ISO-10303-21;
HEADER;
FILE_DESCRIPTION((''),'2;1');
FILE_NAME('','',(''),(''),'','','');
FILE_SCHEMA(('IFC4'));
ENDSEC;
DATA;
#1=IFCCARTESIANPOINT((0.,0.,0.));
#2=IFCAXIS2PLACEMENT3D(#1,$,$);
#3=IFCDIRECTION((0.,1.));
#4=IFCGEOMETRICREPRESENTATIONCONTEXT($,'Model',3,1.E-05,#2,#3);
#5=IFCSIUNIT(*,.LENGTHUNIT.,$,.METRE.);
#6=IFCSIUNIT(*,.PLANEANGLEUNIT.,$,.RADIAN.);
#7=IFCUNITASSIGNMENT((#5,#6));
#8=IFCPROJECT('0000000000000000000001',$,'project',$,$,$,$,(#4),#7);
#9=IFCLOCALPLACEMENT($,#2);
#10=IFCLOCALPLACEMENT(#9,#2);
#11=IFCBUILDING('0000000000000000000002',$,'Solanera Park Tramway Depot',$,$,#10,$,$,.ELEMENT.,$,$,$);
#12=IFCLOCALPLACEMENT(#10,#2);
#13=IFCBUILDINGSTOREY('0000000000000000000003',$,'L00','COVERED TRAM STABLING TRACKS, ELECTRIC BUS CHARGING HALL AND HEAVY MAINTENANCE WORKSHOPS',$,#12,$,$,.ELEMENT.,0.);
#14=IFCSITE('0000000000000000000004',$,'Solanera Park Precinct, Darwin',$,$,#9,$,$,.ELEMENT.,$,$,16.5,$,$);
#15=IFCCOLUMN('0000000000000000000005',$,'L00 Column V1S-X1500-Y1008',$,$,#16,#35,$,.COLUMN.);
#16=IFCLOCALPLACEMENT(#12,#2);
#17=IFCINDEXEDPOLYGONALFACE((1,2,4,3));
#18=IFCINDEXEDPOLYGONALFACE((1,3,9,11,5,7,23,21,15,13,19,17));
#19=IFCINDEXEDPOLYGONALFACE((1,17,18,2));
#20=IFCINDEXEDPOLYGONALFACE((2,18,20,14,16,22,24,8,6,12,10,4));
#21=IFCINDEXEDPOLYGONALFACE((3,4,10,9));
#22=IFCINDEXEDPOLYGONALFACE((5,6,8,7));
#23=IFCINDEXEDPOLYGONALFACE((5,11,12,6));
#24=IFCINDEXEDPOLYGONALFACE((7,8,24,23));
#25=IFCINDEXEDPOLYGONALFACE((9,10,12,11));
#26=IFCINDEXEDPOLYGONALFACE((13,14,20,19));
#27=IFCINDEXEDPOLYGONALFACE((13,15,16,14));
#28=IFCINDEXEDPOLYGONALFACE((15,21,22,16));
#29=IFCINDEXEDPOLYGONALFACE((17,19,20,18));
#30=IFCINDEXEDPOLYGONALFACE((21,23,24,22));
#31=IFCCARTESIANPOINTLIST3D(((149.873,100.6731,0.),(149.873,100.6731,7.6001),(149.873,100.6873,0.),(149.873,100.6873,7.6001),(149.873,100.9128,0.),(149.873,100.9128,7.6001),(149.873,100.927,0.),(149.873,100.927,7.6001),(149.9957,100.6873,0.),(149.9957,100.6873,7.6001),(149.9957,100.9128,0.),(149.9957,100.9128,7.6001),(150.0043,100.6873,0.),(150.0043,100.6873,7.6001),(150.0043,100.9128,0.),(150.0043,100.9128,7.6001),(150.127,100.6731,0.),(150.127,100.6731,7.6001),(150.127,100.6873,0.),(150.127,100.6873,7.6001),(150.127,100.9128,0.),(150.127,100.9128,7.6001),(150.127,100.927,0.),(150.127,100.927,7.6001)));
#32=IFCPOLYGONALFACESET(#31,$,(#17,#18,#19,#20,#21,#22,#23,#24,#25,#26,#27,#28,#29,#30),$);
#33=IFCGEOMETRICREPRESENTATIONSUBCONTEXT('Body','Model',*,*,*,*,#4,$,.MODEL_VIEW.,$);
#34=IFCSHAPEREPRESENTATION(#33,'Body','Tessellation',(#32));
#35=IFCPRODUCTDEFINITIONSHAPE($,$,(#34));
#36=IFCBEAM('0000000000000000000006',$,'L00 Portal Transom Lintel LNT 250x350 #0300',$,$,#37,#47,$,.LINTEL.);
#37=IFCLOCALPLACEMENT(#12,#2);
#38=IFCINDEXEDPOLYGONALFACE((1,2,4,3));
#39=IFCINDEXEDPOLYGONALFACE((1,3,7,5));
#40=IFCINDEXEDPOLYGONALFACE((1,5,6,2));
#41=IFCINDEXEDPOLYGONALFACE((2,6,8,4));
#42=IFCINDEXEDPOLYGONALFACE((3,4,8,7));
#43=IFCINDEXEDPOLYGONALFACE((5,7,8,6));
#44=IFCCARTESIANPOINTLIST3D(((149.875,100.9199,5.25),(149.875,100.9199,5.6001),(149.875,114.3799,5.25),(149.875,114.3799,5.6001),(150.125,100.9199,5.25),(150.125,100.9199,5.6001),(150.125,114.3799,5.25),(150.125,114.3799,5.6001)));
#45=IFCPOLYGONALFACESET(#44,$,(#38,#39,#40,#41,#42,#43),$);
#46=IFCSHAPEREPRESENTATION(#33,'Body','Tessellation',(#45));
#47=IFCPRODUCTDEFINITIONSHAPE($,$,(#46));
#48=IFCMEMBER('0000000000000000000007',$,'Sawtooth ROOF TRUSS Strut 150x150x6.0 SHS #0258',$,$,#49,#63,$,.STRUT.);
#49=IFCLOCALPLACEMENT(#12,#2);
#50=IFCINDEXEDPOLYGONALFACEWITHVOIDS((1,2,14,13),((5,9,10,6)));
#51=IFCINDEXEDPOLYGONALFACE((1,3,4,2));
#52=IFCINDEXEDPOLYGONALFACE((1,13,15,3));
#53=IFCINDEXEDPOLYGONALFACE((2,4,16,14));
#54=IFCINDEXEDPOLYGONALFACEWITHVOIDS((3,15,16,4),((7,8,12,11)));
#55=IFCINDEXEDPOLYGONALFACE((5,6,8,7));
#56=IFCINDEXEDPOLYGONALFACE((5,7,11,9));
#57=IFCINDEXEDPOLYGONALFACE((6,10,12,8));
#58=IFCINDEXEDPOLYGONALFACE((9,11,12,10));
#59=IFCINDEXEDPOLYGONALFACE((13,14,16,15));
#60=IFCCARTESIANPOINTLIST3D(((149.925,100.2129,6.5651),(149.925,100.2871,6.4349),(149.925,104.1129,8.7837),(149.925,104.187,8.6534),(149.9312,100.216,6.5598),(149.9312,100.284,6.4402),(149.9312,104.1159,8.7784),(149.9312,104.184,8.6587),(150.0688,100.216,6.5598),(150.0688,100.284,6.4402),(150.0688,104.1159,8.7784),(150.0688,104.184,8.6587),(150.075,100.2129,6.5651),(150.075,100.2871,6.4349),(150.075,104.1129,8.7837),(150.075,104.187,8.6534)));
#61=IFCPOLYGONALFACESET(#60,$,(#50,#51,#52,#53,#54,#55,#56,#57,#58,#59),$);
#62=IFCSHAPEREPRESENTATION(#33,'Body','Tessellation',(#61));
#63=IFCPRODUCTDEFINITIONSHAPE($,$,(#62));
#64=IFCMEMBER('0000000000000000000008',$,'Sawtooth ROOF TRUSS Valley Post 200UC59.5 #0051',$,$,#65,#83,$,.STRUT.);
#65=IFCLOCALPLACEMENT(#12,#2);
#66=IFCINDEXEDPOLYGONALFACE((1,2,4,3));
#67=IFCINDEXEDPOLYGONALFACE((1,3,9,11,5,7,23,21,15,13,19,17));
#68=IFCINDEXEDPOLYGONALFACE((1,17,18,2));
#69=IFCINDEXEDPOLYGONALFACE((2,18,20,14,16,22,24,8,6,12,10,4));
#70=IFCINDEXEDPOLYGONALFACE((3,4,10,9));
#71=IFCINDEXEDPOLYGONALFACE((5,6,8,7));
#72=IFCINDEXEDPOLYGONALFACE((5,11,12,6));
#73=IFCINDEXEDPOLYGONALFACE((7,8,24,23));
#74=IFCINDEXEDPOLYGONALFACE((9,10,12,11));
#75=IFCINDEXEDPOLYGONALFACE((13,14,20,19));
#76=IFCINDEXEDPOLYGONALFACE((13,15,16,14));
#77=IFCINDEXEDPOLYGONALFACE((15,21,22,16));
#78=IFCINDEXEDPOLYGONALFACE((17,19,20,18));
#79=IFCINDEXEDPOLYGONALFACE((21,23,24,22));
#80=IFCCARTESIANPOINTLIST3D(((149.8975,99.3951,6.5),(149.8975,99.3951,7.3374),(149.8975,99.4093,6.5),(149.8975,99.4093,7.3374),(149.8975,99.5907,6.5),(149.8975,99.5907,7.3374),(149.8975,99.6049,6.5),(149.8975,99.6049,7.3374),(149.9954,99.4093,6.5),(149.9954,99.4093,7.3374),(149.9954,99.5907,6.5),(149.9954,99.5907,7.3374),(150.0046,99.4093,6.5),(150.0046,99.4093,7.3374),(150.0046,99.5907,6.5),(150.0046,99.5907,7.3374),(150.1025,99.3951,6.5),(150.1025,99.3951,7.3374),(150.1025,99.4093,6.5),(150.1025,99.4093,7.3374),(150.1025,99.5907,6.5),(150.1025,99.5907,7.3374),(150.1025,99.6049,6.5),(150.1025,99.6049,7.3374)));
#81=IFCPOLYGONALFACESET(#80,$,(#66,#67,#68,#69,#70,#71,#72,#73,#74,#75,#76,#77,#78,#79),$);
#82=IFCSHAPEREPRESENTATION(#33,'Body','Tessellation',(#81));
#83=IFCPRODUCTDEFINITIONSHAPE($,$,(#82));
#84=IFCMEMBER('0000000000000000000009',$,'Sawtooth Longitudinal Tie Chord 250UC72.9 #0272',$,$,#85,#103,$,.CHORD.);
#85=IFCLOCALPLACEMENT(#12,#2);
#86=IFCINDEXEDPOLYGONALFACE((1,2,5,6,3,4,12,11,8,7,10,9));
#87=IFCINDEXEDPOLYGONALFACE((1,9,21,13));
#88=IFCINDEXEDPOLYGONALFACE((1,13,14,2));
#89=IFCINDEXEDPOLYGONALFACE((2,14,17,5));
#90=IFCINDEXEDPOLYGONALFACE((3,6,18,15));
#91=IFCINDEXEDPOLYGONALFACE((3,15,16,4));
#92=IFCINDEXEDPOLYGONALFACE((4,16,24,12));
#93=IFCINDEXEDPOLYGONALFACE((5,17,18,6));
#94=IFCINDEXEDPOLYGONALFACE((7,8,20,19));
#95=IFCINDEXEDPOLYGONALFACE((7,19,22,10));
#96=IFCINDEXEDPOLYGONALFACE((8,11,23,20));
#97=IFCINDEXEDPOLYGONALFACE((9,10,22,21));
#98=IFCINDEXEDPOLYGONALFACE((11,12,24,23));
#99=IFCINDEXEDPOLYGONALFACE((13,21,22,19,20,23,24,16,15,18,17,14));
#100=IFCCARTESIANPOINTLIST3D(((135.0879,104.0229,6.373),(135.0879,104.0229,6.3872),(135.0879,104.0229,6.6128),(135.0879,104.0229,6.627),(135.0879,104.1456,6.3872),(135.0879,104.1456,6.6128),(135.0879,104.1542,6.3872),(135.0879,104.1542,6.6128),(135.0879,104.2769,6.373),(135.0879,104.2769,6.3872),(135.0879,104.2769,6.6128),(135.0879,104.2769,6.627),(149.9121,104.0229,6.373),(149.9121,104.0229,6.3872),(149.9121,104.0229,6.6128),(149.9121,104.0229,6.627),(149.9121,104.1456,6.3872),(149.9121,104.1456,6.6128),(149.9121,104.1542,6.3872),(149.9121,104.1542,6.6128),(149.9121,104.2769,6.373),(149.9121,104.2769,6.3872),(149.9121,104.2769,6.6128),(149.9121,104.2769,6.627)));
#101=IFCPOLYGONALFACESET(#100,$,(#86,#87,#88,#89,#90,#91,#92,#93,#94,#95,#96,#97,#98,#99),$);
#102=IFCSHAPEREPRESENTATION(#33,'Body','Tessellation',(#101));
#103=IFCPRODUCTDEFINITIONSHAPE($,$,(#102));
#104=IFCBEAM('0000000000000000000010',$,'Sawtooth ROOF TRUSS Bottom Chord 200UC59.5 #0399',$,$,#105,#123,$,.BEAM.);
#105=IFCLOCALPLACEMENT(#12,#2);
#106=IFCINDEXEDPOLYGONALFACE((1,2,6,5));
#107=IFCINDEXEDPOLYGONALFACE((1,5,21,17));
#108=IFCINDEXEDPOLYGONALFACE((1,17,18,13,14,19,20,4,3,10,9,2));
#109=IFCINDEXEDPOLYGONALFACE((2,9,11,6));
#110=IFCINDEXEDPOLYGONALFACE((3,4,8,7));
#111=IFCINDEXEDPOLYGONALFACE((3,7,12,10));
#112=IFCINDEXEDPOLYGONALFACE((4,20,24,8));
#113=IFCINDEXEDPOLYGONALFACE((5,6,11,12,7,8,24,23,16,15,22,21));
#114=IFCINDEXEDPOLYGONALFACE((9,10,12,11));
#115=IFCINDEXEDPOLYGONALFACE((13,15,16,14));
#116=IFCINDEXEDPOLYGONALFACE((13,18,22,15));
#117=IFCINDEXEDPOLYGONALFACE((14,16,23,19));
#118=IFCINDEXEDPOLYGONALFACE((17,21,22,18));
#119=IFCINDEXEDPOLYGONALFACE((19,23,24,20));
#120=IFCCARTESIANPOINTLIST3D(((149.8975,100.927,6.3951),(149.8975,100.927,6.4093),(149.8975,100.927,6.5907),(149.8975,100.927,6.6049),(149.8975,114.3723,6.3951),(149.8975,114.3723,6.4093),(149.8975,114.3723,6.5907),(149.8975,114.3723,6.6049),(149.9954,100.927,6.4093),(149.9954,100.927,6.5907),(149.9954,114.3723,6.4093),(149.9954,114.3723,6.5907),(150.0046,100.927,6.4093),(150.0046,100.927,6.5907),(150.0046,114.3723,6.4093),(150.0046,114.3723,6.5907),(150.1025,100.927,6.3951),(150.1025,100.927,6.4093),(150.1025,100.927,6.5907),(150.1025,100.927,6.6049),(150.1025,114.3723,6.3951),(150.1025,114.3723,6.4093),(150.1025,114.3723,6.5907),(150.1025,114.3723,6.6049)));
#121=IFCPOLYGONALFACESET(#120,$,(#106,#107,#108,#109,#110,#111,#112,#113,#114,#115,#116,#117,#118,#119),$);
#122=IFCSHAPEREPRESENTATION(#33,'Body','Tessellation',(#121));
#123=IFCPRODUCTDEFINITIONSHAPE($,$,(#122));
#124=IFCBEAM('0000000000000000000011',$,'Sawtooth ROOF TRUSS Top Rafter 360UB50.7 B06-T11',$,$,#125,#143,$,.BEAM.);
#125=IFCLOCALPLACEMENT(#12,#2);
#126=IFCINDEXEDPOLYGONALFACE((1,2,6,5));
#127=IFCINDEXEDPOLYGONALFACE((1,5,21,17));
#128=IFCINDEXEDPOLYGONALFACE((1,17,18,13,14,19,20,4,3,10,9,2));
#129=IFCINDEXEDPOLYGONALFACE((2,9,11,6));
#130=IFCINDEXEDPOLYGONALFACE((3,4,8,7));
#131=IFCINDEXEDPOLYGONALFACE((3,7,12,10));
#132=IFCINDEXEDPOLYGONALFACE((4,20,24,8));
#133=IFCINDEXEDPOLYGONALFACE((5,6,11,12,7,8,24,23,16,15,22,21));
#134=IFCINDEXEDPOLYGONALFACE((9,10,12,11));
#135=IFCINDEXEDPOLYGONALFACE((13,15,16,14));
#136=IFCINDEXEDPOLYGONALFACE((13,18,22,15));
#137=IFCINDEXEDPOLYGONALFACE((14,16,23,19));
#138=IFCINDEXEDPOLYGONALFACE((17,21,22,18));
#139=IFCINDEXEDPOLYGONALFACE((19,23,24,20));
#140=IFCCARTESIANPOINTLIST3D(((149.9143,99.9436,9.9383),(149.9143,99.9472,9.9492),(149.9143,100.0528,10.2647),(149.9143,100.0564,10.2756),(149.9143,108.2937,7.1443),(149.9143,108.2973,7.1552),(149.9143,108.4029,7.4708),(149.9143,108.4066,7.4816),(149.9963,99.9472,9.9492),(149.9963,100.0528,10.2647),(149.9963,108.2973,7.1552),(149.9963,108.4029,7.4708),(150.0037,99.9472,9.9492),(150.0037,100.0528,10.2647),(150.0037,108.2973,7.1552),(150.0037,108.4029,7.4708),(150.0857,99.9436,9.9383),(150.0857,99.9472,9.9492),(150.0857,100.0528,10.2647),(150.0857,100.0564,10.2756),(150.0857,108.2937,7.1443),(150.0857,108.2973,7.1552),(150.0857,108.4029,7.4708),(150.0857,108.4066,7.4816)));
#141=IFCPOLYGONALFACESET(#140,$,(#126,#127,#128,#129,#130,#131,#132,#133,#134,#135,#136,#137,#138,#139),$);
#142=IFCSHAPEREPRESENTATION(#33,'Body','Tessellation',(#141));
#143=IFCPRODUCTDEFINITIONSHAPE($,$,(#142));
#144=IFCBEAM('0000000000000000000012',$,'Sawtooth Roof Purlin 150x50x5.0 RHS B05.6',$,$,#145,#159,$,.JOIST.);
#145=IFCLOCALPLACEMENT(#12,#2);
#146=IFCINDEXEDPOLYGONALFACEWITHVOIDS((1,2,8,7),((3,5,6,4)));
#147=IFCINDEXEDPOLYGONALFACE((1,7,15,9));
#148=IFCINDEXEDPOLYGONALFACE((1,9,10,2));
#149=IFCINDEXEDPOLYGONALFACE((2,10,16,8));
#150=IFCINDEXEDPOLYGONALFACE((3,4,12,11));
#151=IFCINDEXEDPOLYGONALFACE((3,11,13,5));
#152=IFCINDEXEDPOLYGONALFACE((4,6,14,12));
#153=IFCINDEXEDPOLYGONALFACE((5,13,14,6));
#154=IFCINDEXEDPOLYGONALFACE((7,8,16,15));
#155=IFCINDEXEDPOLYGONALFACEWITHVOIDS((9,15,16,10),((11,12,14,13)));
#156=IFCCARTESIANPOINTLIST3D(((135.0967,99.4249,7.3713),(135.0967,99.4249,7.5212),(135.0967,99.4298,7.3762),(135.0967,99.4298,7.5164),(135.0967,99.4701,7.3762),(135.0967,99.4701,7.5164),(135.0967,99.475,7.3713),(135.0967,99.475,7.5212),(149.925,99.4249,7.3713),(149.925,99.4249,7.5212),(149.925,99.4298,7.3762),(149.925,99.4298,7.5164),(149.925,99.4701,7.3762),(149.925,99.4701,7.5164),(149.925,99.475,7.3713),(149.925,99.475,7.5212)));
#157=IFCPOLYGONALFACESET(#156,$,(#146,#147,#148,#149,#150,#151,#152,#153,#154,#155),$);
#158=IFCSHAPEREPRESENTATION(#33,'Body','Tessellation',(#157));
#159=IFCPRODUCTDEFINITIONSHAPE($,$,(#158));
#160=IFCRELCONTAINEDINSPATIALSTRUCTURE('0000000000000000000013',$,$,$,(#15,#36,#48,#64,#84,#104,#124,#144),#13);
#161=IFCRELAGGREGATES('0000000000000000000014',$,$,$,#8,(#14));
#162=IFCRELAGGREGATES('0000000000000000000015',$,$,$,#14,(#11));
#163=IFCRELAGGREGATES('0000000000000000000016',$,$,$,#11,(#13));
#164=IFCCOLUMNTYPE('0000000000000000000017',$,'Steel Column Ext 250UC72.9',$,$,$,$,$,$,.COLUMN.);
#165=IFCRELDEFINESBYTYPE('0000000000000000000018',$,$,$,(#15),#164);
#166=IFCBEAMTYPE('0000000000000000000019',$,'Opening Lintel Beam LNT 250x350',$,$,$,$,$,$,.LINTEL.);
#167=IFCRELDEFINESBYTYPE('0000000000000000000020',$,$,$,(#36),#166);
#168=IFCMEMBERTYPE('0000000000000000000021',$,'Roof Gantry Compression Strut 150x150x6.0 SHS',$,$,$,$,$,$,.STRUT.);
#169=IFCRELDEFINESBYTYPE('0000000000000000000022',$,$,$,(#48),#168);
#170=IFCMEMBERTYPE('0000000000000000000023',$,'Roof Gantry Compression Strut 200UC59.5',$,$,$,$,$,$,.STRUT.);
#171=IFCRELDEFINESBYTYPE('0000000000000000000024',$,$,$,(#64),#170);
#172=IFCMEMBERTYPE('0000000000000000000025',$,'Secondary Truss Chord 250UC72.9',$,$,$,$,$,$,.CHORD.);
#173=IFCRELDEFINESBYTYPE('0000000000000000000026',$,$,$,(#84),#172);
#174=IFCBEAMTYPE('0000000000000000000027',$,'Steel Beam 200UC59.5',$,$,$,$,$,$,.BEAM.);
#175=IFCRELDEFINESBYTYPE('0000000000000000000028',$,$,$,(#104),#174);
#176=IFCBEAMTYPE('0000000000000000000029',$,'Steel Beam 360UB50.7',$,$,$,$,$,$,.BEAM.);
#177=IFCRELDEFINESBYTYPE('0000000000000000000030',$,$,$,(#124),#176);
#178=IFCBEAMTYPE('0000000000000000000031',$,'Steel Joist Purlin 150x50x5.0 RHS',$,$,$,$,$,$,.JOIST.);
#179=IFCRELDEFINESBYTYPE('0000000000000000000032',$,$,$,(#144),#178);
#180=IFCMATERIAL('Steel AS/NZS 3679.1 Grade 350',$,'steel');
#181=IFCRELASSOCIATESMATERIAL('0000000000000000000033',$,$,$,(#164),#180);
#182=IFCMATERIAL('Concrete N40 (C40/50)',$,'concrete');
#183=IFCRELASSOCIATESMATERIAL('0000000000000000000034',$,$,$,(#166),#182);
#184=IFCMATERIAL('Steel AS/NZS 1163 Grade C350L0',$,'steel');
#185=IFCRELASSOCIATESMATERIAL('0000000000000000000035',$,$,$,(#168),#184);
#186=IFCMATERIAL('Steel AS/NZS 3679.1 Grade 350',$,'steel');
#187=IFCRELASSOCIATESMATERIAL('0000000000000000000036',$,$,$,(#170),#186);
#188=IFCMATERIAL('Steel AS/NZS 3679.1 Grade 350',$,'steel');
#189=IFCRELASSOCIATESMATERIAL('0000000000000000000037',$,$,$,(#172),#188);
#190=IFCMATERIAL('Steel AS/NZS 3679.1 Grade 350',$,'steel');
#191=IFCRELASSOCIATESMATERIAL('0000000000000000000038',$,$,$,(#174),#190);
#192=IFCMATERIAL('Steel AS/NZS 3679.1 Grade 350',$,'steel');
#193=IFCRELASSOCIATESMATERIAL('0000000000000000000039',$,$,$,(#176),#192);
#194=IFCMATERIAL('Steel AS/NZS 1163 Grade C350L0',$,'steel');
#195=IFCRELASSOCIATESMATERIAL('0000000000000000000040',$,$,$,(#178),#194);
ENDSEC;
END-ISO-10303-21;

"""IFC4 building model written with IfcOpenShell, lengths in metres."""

from ifc_helpers import new_model, si_unit, direction, frame, origin, origin_2d, place, context, subcontext, project, spatial, rectangle, hollow_rectangle, i_section, extrude, material, material_profile, profile_set, type_object, element, save


model = new_model("IFC4")

# Units and contexts
model_context = context("Model", 3, precision=1e-05, world=origin(), true_north=direction((0.0, 1.0)))
body_context = subcontext(model_context, "Body", "Model", "MODEL_VIEW")
ifc_project = project(units=[si_unit("LENGTHUNIT", "METRE"), si_unit("PLANEANGLEUNIT", "RADIAN")], contexts=[model_context])

# Site, building, storey
site_placement = place(None, origin())
site = spatial("IfcSite", under=ifc_project, at=site_placement, Name="Solanera Park Precinct, Darwin", CompositionType="ELEMENT", RefElevation=16.5)
building_placement = place(site_placement, origin())
building = spatial("IfcBuilding", under=site, at=building_placement, Name="Solanera Park Tramway Depot", CompositionType="ELEMENT")
storey_placement = place(building_placement, origin())
storey = spatial("IfcBuildingStorey", under=building, at=storey_placement, Name="L00", Description="COVERED TRAM STABLING TRACKS, ELECTRIC BUS CHARGING HALL AND HEAVY MAINTENANCE WORKSHOPS", CompositionType="ELEMENT", Elevation=0.0)

# Column
ifc_material_1 = material(Name="Steel AS/NZS 3679.1 Grade 350", Category="steel")
ifc_material_profile_1 = material_profile(ifc_material_1, i_section(OverallWidth=0.2539, OverallDepth=0.2539, WebThickness=0.0085, FlangeThickness=0.0142, at=origin_2d()), Name="250UC72.9")
ifc_profile_set_1 = profile_set([ifc_material_profile_1], Name="Steel AS/NZS 3679.1 Grade 350")
column_type = type_object("IfcColumnType", Name="Steel Column Ext 250UC72.9", PredefinedType="COLUMN", material=ifc_profile_set_1)
column_placement = place(storey_placement, frame((150.0, 100.8, 0.0), z_axis=(0.0, 0.0, 1.0), x_axis=(1.0, 0.0, 0.0)))
element("IfcColumn", 1, at=column_placement, inside=storey, type_object=column_type, Name="L00 Column V1S-X1500-Y1008", PredefinedType="COLUMN", context=body_context, shape_type="SweptSolid", body=[
    extrude(i_section(OverallWidth=0.2539, OverallDepth=0.2539, WebThickness=0.0085, FlangeThickness=0.0142, at=origin_2d()), origin(), (0.0, 0.0, 1.0), 7.6001),
])

# Beam
ifc_material_2 = material(Name="Concrete N40 (C40/50)", Category="concrete")
ifc_material_profile_2 = material_profile(ifc_material_2, rectangle(XDim=0.25, YDim=0.3501, at=origin_2d()), Name="LNT 250x350")
ifc_profile_set_2 = profile_set([ifc_material_profile_2], Name="Concrete N40 (C40/50)")
beam_type_1 = type_object("IfcBeamType", Name="Opening Lintel Beam LNT 250x350", PredefinedType="LINTEL", material=ifc_profile_set_2)
beam_1_placement = place(storey_placement, frame((150.0, 100.9199, 5.425), z_axis=(0.0, 1.0, 0.0), x_axis=(-1.0, 0.0, 0.0)))
element("IfcBeam", 2, at=beam_1_placement, inside=storey, type_object=beam_type_1, Name="L00 Portal Transom Lintel LNT 250x350 #0300", PredefinedType="LINTEL", context=body_context, shape_type="SweptSolid", body=[
    extrude(rectangle(XDim=0.25, YDim=0.3501, at=origin_2d()), origin(), (0.0, 0.0, 1.0), 13.46),
])

# Members
ifc_material_3 = material(Name="Steel AS/NZS 1163 Grade C350L0", Category="steel")
ifc_material_profile_3 = material_profile(ifc_material_3, hollow_rectangle(XDim=0.1499, YDim=0.1499, WallThickness=0.0061, at=origin_2d()), Name="150x150x6.0 SHS")
ifc_profile_set_3 = profile_set([ifc_material_profile_3], Name="Steel AS/NZS 1163 Grade C350L0")
member_type_1 = type_object("IfcMemberType", Name="Roof Gantry Compression Strut 150x150x6.0 SHS", PredefinedType="STRUT", material=ifc_profile_set_3)
member_1_placement = place(storey_placement, frame((150.0, 100.25, 6.5), z_axis=(0.0, 0.869203, 0.494456), x_axis=(-1.0, 0.0, 0.0)))
element("IfcMember", 3, at=member_1_placement, inside=storey, type_object=member_type_1, Name="Sawtooth ROOF TRUSS Strut 150x150x6.0 SHS #0258", PredefinedType="STRUT", context=body_context, shape_type="SweptSolid", body=[
    extrude(hollow_rectangle(XDim=0.1499, YDim=0.1499, WallThickness=0.0061, at=origin_2d()), origin(), (0.0, 0.0, 1.0), 4.4868),
])
ifc_material_4 = material(Name="Steel AS/NZS 3679.1 Grade 350", Category="steel")
ifc_material_profile_4 = material_profile(ifc_material_4, i_section(OverallWidth=0.2051, OverallDepth=0.2097, WebThickness=0.0093, FlangeThickness=0.0142, at=origin_2d()), Name="200UC59.5")
ifc_profile_set_4 = profile_set([ifc_material_profile_4], Name="Steel AS/NZS 3679.1 Grade 350")
member_type_2 = type_object("IfcMemberType", Name="Roof Gantry Compression Strut 200UC59.5", PredefinedType="STRUT", material=ifc_profile_set_4)
member_2_placement = place(storey_placement, frame((150.0, 99.5, 6.5), z_axis=(0.0, 0.0, 1.0), x_axis=(1.0, 0.0, 0.0)))
element("IfcMember", 4, at=member_2_placement, inside=storey, type_object=member_type_2, Name="Sawtooth ROOF TRUSS Valley Post 200UC59.5 #0051", PredefinedType="STRUT", context=body_context, shape_type="SweptSolid", body=[
    extrude(i_section(OverallWidth=0.2051, OverallDepth=0.2097, WebThickness=0.0093, FlangeThickness=0.0142, at=origin_2d()), origin(), (0.0, 0.0, 1.0), 0.8374),
])
ifc_material_5 = material(Name="Steel AS/NZS 3679.1 Grade 350", Category="steel")
ifc_material_profile_5 = material_profile(ifc_material_5, i_section(OverallWidth=0.2539, OverallDepth=0.2539, WebThickness=0.0085, FlangeThickness=0.0142, at=origin_2d()), Name="250UC72.9")
ifc_profile_set_5 = profile_set([ifc_material_profile_5], Name="Steel AS/NZS 3679.1 Grade 350")
member_type_3 = type_object("IfcMemberType", Name="Secondary Truss Chord 250UC72.9", PredefinedType="CHORD", material=ifc_profile_set_5)
member_3_placement = place(storey_placement, frame((135.0879, 104.1499, 6.5), z_axis=(1.0, 0.0, 0.0), x_axis=(0.0, 1.0, 0.0)))
element("IfcMember", 5, at=member_3_placement, inside=storey, type_object=member_type_3, Name="Sawtooth Longitudinal Tie Chord 250UC72.9 #0272", PredefinedType="CHORD", context=body_context, shape_type="SweptSolid", body=[
    extrude(i_section(OverallWidth=0.2539, OverallDepth=0.2539, WebThickness=0.0085, FlangeThickness=0.0142, at=origin_2d()), origin(), (0.0, 0.0, 1.0), 14.8242),
])

# Beams
ifc_material_6 = material(Name="Steel AS/NZS 3679.1 Grade 350", Category="steel")
ifc_material_profile_6 = material_profile(ifc_material_6, i_section(OverallWidth=0.2051, OverallDepth=0.2097, WebThickness=0.0093, FlangeThickness=0.0142, at=origin_2d()), Name="200UC59.5")
ifc_profile_set_6 = profile_set([ifc_material_profile_6], Name="Steel AS/NZS 3679.1 Grade 350")
beam_type_2 = type_object("IfcBeamType", Name="Steel Beam 200UC59.5", PredefinedType="BEAM", material=ifc_profile_set_6)
beam_2_placement = place(storey_placement, frame((150.0, 100.927, 6.5), z_axis=(0.0, 1.0, 0.0), x_axis=(-1.0, 0.0, 0.0)))
element("IfcBeam", 6, at=beam_2_placement, inside=storey, type_object=beam_type_2, Name="Sawtooth ROOF TRUSS Bottom Chord 200UC59.5 #0399", PredefinedType="BEAM", context=body_context, shape_type="SweptSolid", body=[
    extrude(i_section(OverallWidth=0.2051, OverallDepth=0.2097, WebThickness=0.0093, FlangeThickness=0.0142, at=origin_2d()), origin(), (0.0, 0.0, 1.0), 13.4453),
])
ifc_material_7 = material(Name="Steel AS/NZS 3679.1 Grade 350", Category="steel")
ifc_material_profile_7 = material_profile(ifc_material_7, i_section(OverallWidth=0.1714, OverallDepth=0.3557, WebThickness=0.0073, FlangeThickness=0.0115, at=origin_2d()), Name="360UB50.7")
ifc_profile_set_7 = profile_set([ifc_material_profile_7], Name="Steel AS/NZS 3679.1 Grade 350")
beam_type_3 = type_object("IfcBeamType", Name="Steel Beam 360UB50.7", PredefinedType="BEAM", material=ifc_profile_set_7)
beam_3_placement = place(storey_placement, frame((150.0, 100.0, 10.1069), z_axis=(0.0, 0.948322, -0.317309), x_axis=(-1.0, 0.0, 0.0)))
element("IfcBeam", 7, at=beam_3_placement, inside=storey, type_object=beam_type_3, Name="Sawtooth ROOF TRUSS Top Rafter 360UB50.7 B06-T11", PredefinedType="BEAM", context=body_context, shape_type="SweptSolid", body=[
    extrude(i_section(OverallWidth=0.1714, OverallDepth=0.3557, WebThickness=0.0073, FlangeThickness=0.0115, at=origin_2d()), origin(), (0.0, 0.0, 1.0), 8.8052),
])
ifc_material_8 = material(Name="Steel AS/NZS 1163 Grade C350L0", Category="steel")
ifc_material_profile_8 = material_profile(ifc_material_8, hollow_rectangle(XDim=0.05, YDim=0.1499, WallThickness=0.0049, at=origin_2d()), Name="150x50x5.0 RHS")
ifc_profile_set_8 = profile_set([ifc_material_profile_8], Name="Steel AS/NZS 1163 Grade C350L0")
beam_type_4 = type_object("IfcBeamType", Name="Steel Joist Purlin 150x50x5.0 RHS", PredefinedType="JOIST", material=ifc_profile_set_8)
beam_4_placement = place(storey_placement, frame((135.0967, 99.45, 7.4463), z_axis=(1.0, 0.0, 0.0), x_axis=(0.0, 1.0, 0.0)))
element("IfcBeam", 8, at=beam_4_placement, inside=storey, type_object=beam_type_4, Name="Sawtooth Roof Purlin 150x50x5.0 RHS B05.6", PredefinedType="JOIST", context=body_context, shape_type="SweptSolid", body=[
    extrude(hollow_rectangle(XDim=0.05, YDim=0.1499, WallThickness=0.0049, at=origin_2d()), origin(), (0.0, 0.0, 1.0), 14.8284),
])

save(model, "model.ifc")
